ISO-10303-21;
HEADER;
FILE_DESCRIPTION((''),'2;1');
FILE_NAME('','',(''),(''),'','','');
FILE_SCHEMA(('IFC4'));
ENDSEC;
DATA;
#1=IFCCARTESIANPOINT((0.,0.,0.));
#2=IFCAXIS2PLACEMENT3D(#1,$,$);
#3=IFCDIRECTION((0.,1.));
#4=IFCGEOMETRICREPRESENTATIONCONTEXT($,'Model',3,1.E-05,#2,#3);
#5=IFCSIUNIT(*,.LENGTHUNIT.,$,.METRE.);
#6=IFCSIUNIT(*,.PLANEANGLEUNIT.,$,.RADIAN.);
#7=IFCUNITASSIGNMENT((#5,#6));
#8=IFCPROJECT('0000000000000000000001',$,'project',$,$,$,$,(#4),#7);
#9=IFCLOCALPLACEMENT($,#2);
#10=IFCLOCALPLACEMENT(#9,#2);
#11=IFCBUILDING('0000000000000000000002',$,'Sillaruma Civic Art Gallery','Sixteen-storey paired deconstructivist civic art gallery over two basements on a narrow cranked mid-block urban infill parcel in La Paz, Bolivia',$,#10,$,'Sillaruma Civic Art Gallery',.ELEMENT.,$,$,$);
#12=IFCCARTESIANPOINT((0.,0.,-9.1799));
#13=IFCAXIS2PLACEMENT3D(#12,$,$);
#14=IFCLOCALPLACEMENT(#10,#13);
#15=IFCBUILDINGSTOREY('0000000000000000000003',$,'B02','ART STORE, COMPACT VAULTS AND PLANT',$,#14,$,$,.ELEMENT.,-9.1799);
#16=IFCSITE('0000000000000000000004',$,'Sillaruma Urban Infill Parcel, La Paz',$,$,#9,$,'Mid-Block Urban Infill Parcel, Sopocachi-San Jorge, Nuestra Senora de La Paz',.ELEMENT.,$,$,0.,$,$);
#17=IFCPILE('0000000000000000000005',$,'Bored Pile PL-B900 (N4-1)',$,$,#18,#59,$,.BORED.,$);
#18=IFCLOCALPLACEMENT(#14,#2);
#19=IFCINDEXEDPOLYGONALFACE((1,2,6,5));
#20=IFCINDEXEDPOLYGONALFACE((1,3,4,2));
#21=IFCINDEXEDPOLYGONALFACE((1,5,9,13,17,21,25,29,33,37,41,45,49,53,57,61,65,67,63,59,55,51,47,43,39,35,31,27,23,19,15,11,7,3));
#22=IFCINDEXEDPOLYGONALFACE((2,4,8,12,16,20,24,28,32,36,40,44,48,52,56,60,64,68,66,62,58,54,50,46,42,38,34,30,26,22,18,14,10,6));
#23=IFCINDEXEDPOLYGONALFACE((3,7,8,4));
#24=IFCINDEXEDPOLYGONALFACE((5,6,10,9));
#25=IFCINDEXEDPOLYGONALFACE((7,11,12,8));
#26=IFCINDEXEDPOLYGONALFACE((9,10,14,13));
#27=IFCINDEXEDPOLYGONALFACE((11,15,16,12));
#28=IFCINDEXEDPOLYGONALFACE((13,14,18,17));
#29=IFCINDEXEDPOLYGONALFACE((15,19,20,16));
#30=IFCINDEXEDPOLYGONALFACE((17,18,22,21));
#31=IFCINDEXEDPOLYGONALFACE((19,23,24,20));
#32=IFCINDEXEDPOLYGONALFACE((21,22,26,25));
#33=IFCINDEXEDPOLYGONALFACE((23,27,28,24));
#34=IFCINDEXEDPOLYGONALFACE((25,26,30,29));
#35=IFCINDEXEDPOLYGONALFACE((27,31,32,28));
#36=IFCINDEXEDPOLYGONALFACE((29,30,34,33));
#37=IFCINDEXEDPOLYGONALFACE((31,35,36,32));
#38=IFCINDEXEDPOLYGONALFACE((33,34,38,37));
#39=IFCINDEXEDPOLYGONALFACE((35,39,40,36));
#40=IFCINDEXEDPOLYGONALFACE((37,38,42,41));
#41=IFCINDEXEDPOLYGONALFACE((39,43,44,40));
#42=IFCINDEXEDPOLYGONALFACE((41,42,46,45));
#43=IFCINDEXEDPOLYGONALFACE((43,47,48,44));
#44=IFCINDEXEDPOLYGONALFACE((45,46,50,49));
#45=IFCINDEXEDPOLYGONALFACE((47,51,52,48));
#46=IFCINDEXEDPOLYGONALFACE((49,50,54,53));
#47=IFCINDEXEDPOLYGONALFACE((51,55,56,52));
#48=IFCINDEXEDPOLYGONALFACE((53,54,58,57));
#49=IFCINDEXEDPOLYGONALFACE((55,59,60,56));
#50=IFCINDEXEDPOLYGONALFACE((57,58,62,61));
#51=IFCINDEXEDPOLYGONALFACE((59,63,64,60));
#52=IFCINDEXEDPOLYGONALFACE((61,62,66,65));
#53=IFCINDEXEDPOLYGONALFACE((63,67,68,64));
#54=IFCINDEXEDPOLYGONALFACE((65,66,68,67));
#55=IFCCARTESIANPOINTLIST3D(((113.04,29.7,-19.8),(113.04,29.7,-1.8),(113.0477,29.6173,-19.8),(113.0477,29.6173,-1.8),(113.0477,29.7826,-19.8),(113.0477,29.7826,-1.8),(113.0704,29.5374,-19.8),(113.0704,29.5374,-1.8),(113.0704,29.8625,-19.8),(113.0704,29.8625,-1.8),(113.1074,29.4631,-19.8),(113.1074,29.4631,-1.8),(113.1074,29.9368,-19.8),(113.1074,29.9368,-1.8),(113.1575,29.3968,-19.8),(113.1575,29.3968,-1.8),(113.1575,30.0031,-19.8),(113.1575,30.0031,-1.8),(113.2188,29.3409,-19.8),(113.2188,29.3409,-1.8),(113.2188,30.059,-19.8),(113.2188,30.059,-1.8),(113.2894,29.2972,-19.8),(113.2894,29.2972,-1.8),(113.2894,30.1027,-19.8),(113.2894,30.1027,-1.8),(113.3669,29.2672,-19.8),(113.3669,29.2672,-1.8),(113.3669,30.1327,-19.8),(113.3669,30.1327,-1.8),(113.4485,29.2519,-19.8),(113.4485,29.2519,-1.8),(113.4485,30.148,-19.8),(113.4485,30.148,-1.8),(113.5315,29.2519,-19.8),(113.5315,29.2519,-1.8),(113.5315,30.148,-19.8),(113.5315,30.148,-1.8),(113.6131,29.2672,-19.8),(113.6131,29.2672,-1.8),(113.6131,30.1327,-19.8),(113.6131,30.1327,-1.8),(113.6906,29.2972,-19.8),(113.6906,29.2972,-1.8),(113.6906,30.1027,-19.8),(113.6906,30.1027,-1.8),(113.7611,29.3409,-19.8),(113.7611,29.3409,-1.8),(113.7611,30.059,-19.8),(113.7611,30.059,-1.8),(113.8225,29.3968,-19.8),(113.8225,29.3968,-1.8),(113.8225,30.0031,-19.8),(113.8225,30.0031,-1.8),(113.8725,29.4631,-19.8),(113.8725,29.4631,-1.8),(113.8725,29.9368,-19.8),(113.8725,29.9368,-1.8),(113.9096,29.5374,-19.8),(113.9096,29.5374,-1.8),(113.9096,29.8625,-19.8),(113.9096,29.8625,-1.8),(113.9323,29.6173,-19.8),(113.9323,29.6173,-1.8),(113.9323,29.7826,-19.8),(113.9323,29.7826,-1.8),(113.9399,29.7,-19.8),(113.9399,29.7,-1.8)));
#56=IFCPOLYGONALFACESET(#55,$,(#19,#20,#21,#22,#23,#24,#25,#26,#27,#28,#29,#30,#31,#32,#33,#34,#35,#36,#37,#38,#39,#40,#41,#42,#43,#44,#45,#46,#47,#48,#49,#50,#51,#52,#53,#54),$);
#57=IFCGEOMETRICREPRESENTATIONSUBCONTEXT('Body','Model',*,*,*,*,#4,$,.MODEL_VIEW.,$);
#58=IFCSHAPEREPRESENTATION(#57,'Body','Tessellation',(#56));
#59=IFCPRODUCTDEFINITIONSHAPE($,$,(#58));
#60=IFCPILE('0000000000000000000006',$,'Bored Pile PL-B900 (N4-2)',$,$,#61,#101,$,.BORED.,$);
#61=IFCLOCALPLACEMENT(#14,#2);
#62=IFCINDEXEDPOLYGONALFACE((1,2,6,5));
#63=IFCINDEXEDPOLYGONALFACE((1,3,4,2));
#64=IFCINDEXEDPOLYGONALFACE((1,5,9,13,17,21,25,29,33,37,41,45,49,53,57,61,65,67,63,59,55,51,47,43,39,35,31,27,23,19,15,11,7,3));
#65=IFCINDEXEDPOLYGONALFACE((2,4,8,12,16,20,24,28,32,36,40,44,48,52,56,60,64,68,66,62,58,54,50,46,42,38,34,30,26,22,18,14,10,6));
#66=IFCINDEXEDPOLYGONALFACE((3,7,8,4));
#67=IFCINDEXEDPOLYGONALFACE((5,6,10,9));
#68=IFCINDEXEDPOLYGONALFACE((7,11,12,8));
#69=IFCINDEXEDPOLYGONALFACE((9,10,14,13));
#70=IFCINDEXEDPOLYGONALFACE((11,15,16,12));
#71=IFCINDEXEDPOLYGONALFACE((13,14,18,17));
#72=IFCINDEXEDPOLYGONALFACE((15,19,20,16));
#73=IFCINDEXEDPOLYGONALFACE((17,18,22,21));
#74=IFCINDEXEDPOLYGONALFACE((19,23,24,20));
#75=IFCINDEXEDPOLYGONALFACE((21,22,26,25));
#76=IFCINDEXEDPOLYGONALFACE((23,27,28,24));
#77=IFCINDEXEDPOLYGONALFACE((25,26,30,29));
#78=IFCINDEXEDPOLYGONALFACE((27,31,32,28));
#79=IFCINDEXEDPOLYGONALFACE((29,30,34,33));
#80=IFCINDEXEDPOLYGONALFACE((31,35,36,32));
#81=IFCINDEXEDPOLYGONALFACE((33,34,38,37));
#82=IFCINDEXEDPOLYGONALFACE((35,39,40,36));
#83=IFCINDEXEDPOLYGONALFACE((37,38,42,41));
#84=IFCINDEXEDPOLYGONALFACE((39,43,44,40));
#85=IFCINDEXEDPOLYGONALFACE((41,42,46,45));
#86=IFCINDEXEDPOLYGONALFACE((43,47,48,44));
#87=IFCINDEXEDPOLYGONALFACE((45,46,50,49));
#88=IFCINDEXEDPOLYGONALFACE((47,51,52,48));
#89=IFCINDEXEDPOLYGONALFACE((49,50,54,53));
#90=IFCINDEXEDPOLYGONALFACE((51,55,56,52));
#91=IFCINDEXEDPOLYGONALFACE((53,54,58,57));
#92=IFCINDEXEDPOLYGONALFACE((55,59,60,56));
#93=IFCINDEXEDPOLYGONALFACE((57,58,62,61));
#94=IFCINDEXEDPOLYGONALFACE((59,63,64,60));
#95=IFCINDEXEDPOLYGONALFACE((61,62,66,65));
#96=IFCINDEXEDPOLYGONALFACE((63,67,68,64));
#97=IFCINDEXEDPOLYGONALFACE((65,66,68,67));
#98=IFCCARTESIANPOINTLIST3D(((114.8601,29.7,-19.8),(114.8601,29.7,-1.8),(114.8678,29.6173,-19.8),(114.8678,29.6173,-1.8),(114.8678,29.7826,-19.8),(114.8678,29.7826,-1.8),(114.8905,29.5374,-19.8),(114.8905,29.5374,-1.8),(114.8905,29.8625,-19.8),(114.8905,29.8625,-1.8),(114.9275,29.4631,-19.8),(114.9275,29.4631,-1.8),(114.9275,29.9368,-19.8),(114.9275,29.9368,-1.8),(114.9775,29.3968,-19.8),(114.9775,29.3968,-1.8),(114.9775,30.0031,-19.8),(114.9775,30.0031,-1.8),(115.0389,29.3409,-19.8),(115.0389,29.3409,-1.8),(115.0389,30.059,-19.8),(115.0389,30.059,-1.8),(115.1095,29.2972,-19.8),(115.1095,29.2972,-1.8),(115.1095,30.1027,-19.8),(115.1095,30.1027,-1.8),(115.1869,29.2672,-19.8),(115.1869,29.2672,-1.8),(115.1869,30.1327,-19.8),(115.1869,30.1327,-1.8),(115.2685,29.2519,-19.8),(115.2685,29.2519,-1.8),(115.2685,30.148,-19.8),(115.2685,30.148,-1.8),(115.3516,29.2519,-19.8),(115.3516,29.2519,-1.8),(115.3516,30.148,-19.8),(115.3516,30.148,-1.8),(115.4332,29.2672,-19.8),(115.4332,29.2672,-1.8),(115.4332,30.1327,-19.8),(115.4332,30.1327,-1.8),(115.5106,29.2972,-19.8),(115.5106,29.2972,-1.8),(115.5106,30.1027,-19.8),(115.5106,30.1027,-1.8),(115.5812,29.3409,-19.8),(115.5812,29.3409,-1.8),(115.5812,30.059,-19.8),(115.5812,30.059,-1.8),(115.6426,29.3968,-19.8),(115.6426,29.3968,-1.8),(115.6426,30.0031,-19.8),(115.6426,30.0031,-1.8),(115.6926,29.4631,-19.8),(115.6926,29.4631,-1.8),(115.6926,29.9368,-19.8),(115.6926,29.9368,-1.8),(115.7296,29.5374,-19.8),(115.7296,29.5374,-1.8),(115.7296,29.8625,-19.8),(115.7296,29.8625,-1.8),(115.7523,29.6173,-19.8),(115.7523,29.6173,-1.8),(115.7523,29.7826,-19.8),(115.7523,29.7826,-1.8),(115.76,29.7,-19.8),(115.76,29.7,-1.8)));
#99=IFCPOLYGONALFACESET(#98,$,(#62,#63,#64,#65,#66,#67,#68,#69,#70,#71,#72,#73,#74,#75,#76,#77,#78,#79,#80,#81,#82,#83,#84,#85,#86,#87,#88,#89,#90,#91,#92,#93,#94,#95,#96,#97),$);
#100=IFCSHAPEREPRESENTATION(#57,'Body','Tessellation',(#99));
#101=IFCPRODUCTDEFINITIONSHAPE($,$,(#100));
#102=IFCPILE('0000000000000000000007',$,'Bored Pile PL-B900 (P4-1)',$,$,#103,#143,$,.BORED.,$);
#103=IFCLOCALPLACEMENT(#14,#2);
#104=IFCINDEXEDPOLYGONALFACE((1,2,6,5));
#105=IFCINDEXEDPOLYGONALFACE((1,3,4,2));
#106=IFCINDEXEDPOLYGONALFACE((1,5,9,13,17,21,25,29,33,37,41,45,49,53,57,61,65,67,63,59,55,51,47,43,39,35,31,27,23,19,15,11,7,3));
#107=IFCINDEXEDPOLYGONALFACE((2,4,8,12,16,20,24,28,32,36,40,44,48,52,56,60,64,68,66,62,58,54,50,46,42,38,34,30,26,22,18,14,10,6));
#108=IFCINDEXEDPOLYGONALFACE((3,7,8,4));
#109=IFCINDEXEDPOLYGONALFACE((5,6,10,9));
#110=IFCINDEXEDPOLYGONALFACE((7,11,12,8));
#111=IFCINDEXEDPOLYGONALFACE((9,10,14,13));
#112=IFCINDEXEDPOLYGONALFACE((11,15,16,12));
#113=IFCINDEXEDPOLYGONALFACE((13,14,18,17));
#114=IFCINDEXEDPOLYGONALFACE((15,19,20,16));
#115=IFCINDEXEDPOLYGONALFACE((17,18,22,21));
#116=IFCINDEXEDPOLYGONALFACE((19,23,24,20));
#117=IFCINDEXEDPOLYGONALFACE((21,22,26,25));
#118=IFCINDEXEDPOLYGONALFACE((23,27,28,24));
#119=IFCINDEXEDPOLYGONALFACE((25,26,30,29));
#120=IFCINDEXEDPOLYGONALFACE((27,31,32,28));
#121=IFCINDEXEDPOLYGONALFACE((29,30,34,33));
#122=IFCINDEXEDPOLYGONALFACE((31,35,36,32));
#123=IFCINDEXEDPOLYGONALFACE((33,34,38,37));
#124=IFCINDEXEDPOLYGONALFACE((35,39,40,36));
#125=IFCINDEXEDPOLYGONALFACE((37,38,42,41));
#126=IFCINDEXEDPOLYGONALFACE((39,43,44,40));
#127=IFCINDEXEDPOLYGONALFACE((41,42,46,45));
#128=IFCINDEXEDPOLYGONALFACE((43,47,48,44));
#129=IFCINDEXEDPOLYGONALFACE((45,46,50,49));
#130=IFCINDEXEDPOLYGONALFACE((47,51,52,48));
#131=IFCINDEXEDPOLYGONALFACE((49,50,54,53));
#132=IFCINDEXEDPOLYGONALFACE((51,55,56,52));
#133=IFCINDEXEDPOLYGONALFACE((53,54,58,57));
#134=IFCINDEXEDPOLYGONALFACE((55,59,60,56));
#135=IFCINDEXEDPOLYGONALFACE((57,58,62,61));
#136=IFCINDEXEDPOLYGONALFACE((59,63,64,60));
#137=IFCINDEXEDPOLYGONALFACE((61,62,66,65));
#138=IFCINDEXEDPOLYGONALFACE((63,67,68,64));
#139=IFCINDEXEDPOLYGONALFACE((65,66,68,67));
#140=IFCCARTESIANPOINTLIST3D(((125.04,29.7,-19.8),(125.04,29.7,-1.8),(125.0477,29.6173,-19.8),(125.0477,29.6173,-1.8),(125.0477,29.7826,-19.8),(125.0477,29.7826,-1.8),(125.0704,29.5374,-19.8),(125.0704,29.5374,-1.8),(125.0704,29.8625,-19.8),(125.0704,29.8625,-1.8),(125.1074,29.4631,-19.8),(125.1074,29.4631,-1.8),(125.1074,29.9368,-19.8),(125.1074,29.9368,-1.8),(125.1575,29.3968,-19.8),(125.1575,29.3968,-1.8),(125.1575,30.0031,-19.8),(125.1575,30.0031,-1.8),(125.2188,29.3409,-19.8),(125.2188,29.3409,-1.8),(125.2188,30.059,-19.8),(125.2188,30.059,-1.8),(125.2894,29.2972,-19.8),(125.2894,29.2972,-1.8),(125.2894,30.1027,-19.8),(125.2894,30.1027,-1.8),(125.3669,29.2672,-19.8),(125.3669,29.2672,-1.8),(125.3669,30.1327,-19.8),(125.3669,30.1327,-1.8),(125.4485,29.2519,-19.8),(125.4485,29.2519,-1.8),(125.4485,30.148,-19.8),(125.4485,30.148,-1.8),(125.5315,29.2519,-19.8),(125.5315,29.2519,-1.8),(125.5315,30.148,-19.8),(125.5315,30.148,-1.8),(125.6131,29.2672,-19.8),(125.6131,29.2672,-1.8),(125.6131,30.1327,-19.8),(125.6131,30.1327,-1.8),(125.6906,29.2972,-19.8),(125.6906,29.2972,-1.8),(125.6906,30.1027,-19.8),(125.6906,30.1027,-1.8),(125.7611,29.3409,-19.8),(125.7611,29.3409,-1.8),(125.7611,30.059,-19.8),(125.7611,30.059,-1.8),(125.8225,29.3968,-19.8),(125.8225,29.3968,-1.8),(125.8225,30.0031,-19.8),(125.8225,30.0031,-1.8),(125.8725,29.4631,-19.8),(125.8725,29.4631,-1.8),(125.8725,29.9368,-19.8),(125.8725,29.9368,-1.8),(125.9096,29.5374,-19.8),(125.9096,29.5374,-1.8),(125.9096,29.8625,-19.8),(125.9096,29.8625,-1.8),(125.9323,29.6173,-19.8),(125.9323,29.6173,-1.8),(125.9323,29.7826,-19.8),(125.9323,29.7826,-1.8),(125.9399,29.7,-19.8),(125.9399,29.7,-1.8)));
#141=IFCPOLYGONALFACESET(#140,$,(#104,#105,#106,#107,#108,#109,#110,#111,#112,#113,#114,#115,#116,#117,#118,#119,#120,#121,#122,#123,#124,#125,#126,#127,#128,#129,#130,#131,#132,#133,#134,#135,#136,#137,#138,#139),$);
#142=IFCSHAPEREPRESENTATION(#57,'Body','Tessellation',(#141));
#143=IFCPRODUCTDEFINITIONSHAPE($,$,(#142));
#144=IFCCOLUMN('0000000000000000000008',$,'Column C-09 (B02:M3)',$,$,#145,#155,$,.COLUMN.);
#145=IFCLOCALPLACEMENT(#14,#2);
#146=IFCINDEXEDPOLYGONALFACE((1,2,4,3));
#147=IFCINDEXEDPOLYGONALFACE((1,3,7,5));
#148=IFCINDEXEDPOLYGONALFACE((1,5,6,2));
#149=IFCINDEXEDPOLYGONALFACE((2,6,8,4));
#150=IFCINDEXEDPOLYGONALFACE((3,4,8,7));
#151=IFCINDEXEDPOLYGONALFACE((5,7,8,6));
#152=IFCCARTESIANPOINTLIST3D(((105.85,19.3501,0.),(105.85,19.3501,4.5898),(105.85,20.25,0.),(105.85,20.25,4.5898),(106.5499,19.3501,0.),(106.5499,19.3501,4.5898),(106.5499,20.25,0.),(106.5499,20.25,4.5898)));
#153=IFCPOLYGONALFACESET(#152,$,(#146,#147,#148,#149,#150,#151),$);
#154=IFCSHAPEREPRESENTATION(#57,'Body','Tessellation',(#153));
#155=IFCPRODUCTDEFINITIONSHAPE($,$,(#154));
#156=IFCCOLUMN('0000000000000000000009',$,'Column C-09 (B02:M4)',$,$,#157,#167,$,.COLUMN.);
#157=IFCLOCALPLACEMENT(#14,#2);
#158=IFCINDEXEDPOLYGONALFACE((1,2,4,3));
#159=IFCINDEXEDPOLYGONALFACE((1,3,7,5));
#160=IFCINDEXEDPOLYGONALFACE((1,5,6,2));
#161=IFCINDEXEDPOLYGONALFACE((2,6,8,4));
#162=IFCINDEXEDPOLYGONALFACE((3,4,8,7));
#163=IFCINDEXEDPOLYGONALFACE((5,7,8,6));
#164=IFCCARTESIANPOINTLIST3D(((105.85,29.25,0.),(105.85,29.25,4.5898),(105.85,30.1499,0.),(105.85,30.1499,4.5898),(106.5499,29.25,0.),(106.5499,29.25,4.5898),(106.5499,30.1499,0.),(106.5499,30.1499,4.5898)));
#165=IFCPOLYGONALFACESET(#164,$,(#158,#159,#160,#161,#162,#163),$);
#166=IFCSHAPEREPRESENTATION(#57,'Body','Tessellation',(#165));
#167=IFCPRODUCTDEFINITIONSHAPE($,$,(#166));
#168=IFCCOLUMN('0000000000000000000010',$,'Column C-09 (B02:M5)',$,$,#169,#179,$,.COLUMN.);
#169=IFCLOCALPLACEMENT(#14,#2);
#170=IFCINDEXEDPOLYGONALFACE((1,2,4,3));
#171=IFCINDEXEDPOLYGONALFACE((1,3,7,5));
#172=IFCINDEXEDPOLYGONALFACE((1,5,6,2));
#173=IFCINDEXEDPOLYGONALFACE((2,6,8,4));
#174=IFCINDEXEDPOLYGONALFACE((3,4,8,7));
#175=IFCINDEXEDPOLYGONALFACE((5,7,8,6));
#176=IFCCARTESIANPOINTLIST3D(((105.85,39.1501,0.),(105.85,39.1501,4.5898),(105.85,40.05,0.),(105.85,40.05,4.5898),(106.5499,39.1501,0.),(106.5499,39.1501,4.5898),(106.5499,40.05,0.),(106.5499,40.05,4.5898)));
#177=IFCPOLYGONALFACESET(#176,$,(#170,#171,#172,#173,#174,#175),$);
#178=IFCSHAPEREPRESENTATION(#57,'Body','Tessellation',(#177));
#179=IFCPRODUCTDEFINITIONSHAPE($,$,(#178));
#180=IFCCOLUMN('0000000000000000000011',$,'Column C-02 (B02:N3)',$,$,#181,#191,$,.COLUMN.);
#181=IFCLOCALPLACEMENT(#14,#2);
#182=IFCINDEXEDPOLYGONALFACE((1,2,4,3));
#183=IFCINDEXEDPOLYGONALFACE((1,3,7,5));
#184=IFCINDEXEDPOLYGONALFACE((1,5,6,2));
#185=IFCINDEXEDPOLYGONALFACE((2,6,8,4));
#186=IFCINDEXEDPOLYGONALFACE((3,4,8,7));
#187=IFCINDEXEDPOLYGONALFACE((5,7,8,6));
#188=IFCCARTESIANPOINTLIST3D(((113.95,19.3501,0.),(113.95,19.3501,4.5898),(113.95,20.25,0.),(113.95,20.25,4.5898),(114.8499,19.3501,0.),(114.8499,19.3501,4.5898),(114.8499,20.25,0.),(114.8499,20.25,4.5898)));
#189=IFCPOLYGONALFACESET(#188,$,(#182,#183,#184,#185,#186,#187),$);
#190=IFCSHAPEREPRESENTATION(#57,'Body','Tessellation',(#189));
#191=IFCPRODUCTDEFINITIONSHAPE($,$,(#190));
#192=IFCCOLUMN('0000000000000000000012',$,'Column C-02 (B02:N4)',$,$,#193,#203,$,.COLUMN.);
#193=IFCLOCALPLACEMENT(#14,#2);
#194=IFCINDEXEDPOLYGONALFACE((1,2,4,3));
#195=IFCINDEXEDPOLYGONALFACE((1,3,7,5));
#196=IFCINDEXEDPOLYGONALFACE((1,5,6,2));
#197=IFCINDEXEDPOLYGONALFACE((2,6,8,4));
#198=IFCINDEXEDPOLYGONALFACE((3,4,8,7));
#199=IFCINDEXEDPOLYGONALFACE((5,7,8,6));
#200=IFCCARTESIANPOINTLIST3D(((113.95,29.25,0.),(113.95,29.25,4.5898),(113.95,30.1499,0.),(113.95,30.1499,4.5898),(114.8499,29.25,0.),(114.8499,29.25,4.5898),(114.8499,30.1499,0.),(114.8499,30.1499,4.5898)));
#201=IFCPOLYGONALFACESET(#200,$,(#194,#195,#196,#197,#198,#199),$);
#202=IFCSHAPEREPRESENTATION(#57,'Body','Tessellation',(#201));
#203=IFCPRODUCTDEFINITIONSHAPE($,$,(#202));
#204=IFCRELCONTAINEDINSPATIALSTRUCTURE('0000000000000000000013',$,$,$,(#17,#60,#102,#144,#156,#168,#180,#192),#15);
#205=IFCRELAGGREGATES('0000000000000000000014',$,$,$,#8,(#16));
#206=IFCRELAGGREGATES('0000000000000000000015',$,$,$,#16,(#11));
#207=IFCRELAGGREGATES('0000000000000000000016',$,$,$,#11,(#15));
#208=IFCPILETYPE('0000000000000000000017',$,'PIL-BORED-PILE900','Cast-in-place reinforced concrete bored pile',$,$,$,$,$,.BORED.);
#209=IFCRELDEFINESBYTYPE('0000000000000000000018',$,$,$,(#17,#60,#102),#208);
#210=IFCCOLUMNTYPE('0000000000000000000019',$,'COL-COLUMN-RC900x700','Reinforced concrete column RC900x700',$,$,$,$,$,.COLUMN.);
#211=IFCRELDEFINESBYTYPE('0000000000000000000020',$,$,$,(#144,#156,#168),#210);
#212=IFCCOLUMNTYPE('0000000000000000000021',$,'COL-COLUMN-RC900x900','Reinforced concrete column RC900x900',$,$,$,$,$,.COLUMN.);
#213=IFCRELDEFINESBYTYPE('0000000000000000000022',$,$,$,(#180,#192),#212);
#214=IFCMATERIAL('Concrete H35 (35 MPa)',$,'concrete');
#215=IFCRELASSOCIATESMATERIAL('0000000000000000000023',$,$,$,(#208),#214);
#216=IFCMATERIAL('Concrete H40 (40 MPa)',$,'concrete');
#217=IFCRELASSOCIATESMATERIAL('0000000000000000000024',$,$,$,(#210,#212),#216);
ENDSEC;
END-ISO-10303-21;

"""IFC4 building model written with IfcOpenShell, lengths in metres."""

from ifc_helpers import new_model, si_unit, direction, frame, origin, origin_2d, place, context, subcontext, project, spatial, rectangle, circle, extrude, material, material_profile, profile_set, type_object, element, save


model = new_model("IFC4")

# Units and contexts
model_context = context("Model", 3, precision=1e-05, world=origin(), true_north=direction((0.0, 1.0)))
body_context = subcontext(model_context, "Body", "Model", "MODEL_VIEW")
ifc_project = project(units=[si_unit("LENGTHUNIT", "METRE"), si_unit("PLANEANGLEUNIT", "RADIAN")], contexts=[model_context])

# Site, building, storey
site_placement = place(None, origin())
site = spatial("IfcSite", under=ifc_project, at=site_placement, Name="Sillaruma Urban Infill Parcel, La Paz", LongName="Mid-Block Urban Infill Parcel, Sopocachi-San Jorge, Nuestra Senora de La Paz", CompositionType="ELEMENT", RefElevation=0.0)
building_placement = place(site_placement, origin())
building = spatial("IfcBuilding", under=site, at=building_placement, Name="Sillaruma Civic Art Gallery", Description="Sixteen-storey paired deconstructivist civic art gallery over two basements on a narrow cranked mid-block urban infill parcel in La Paz, Bolivia", LongName="Sillaruma Civic Art Gallery", CompositionType="ELEMENT")
storey_placement = place(building_placement, frame((0.0, 0.0, -9.1799)))
storey = spatial("IfcBuildingStorey", under=building, at=storey_placement, Name="B02", Description="ART STORE, COMPACT VAULTS AND PLANT", CompositionType="ELEMENT", Elevation=-9.1799)

# Shared definitions
ifc_material_1 = material(Name="Concrete H35 (35 MPa)", Category="concrete")

# Piles
ifc_material_profile_1 = material_profile(ifc_material_1, circle(Radius=0.45, at=origin_2d()), Name="PILE900")
ifc_profile_set_1 = profile_set([ifc_material_profile_1], Name="Concrete H35 (35 MPa)")
pile_type_1 = type_object("IfcPileType", Name="PIL-BORED-PILE900", Description="Cast-in-place reinforced concrete bored pile", PredefinedType="BORED", material=ifc_profile_set_1)
for number, where, z_axis, x_axis, name in (
    (1, (113.49, 29.7, -1.8), (0.0, 0.0, -1.0), (1.0, 0.0, 0.0), "Bored Pile PL-B900 (N4-1)"),
    (2, (115.3101, 29.7, -1.8), (0.0, 0.0, -1.0), (1.0, 0.0, 0.0), "Bored Pile PL-B900 (N4-2)"),
    (3, (125.49, 29.7, -1.8), (0.0, 0.0, -1.0), (1.0, 0.0, 0.0), "Bored Pile PL-B900 (P4-1)"),
):
    element("IfcPile", number, at=place(storey_placement, frame(where, z_axis=z_axis, x_axis=x_axis)), inside=storey, type_object=pile_type_1, Name=name, PredefinedType="BORED", context=body_context, shape_type="SweptSolid", body=[
        extrude(circle(Radius=0.45, at=origin_2d()), origin(), (0.0, 0.0, 1.0), 18.0),
    ])

# Columns
ifc_material_2 = material(Name="Concrete H40 (40 MPa)", Category="concrete")
ifc_material_profile_2 = material_profile(ifc_material_2, rectangle(XDim=0.7, YDim=0.8999, at=origin_2d()), Name="RC900x700")
ifc_profile_set_2 = profile_set([ifc_material_profile_2], Name="Concrete H40 (40 MPa)")
column_type_1 = type_object("IfcColumnType", Name="COL-COLUMN-RC900x700", Description="Reinforced concrete column RC900x700", PredefinedType="COLUMN", material=ifc_profile_set_2)
for number, where, z_axis, x_axis, name in (
    (4, (106.2, 19.8, 0.0), (0.0, 0.0, 1.0), (1.0, 0.0, 0.0), "Column C-09 (B02:M3)"),
    (5, (106.2, 29.7, 0.0), (0.0, 0.0, 1.0), (1.0, 0.0, 0.0), "Column C-09 (B02:M4)"),
    (6, (106.2, 39.6001, 0.0), (0.0, 0.0, 1.0), (1.0, 0.0, 0.0), "Column C-09 (B02:M5)"),
):
    element("IfcColumn", number, at=place(storey_placement, frame(where, z_axis=z_axis, x_axis=x_axis)), inside=storey, type_object=column_type_1, Name=name, PredefinedType="COLUMN", context=body_context, shape_type="SweptSolid", body=[
        extrude(rectangle(XDim=0.7, YDim=0.8999, at=origin_2d()), origin(), (0.0, 0.0, 1.0), 4.5898),
    ])
ifc_material_profile_3 = material_profile(ifc_material_2, rectangle(XDim=0.8999, YDim=0.8999, at=origin_2d()), Name="RC900x900")
ifc_profile_set_3 = profile_set([ifc_material_profile_3], Name="Concrete H40 (40 MPa)")
column_type_2 = type_object("IfcColumnType", Name="COL-COLUMN-RC900x900", Description="Reinforced concrete column RC900x900", PredefinedType="COLUMN", material=ifc_profile_set_3)
for number, where, z_axis, x_axis, name in (
    (7, (114.3999, 19.8, 0.0), (0.0, 0.0, 1.0), (1.0, 0.0, 0.0), "Column C-02 (B02:N3)"),
    (8, (114.3999, 29.7, 0.0), (0.0, 0.0, 1.0), (1.0, 0.0, 0.0), "Column C-02 (B02:N4)"),
):
    element("IfcColumn", number, at=place(storey_placement, frame(where, z_axis=z_axis, x_axis=x_axis)), inside=storey, type_object=column_type_2, Name=name, PredefinedType="COLUMN", context=body_context, shape_type="SweptSolid", body=[
        extrude(rectangle(XDim=0.8999, YDim=0.8999, at=origin_2d()), origin(), (0.0, 0.0, 1.0), 4.5898),
    ])

save(model, "model.ifc")
